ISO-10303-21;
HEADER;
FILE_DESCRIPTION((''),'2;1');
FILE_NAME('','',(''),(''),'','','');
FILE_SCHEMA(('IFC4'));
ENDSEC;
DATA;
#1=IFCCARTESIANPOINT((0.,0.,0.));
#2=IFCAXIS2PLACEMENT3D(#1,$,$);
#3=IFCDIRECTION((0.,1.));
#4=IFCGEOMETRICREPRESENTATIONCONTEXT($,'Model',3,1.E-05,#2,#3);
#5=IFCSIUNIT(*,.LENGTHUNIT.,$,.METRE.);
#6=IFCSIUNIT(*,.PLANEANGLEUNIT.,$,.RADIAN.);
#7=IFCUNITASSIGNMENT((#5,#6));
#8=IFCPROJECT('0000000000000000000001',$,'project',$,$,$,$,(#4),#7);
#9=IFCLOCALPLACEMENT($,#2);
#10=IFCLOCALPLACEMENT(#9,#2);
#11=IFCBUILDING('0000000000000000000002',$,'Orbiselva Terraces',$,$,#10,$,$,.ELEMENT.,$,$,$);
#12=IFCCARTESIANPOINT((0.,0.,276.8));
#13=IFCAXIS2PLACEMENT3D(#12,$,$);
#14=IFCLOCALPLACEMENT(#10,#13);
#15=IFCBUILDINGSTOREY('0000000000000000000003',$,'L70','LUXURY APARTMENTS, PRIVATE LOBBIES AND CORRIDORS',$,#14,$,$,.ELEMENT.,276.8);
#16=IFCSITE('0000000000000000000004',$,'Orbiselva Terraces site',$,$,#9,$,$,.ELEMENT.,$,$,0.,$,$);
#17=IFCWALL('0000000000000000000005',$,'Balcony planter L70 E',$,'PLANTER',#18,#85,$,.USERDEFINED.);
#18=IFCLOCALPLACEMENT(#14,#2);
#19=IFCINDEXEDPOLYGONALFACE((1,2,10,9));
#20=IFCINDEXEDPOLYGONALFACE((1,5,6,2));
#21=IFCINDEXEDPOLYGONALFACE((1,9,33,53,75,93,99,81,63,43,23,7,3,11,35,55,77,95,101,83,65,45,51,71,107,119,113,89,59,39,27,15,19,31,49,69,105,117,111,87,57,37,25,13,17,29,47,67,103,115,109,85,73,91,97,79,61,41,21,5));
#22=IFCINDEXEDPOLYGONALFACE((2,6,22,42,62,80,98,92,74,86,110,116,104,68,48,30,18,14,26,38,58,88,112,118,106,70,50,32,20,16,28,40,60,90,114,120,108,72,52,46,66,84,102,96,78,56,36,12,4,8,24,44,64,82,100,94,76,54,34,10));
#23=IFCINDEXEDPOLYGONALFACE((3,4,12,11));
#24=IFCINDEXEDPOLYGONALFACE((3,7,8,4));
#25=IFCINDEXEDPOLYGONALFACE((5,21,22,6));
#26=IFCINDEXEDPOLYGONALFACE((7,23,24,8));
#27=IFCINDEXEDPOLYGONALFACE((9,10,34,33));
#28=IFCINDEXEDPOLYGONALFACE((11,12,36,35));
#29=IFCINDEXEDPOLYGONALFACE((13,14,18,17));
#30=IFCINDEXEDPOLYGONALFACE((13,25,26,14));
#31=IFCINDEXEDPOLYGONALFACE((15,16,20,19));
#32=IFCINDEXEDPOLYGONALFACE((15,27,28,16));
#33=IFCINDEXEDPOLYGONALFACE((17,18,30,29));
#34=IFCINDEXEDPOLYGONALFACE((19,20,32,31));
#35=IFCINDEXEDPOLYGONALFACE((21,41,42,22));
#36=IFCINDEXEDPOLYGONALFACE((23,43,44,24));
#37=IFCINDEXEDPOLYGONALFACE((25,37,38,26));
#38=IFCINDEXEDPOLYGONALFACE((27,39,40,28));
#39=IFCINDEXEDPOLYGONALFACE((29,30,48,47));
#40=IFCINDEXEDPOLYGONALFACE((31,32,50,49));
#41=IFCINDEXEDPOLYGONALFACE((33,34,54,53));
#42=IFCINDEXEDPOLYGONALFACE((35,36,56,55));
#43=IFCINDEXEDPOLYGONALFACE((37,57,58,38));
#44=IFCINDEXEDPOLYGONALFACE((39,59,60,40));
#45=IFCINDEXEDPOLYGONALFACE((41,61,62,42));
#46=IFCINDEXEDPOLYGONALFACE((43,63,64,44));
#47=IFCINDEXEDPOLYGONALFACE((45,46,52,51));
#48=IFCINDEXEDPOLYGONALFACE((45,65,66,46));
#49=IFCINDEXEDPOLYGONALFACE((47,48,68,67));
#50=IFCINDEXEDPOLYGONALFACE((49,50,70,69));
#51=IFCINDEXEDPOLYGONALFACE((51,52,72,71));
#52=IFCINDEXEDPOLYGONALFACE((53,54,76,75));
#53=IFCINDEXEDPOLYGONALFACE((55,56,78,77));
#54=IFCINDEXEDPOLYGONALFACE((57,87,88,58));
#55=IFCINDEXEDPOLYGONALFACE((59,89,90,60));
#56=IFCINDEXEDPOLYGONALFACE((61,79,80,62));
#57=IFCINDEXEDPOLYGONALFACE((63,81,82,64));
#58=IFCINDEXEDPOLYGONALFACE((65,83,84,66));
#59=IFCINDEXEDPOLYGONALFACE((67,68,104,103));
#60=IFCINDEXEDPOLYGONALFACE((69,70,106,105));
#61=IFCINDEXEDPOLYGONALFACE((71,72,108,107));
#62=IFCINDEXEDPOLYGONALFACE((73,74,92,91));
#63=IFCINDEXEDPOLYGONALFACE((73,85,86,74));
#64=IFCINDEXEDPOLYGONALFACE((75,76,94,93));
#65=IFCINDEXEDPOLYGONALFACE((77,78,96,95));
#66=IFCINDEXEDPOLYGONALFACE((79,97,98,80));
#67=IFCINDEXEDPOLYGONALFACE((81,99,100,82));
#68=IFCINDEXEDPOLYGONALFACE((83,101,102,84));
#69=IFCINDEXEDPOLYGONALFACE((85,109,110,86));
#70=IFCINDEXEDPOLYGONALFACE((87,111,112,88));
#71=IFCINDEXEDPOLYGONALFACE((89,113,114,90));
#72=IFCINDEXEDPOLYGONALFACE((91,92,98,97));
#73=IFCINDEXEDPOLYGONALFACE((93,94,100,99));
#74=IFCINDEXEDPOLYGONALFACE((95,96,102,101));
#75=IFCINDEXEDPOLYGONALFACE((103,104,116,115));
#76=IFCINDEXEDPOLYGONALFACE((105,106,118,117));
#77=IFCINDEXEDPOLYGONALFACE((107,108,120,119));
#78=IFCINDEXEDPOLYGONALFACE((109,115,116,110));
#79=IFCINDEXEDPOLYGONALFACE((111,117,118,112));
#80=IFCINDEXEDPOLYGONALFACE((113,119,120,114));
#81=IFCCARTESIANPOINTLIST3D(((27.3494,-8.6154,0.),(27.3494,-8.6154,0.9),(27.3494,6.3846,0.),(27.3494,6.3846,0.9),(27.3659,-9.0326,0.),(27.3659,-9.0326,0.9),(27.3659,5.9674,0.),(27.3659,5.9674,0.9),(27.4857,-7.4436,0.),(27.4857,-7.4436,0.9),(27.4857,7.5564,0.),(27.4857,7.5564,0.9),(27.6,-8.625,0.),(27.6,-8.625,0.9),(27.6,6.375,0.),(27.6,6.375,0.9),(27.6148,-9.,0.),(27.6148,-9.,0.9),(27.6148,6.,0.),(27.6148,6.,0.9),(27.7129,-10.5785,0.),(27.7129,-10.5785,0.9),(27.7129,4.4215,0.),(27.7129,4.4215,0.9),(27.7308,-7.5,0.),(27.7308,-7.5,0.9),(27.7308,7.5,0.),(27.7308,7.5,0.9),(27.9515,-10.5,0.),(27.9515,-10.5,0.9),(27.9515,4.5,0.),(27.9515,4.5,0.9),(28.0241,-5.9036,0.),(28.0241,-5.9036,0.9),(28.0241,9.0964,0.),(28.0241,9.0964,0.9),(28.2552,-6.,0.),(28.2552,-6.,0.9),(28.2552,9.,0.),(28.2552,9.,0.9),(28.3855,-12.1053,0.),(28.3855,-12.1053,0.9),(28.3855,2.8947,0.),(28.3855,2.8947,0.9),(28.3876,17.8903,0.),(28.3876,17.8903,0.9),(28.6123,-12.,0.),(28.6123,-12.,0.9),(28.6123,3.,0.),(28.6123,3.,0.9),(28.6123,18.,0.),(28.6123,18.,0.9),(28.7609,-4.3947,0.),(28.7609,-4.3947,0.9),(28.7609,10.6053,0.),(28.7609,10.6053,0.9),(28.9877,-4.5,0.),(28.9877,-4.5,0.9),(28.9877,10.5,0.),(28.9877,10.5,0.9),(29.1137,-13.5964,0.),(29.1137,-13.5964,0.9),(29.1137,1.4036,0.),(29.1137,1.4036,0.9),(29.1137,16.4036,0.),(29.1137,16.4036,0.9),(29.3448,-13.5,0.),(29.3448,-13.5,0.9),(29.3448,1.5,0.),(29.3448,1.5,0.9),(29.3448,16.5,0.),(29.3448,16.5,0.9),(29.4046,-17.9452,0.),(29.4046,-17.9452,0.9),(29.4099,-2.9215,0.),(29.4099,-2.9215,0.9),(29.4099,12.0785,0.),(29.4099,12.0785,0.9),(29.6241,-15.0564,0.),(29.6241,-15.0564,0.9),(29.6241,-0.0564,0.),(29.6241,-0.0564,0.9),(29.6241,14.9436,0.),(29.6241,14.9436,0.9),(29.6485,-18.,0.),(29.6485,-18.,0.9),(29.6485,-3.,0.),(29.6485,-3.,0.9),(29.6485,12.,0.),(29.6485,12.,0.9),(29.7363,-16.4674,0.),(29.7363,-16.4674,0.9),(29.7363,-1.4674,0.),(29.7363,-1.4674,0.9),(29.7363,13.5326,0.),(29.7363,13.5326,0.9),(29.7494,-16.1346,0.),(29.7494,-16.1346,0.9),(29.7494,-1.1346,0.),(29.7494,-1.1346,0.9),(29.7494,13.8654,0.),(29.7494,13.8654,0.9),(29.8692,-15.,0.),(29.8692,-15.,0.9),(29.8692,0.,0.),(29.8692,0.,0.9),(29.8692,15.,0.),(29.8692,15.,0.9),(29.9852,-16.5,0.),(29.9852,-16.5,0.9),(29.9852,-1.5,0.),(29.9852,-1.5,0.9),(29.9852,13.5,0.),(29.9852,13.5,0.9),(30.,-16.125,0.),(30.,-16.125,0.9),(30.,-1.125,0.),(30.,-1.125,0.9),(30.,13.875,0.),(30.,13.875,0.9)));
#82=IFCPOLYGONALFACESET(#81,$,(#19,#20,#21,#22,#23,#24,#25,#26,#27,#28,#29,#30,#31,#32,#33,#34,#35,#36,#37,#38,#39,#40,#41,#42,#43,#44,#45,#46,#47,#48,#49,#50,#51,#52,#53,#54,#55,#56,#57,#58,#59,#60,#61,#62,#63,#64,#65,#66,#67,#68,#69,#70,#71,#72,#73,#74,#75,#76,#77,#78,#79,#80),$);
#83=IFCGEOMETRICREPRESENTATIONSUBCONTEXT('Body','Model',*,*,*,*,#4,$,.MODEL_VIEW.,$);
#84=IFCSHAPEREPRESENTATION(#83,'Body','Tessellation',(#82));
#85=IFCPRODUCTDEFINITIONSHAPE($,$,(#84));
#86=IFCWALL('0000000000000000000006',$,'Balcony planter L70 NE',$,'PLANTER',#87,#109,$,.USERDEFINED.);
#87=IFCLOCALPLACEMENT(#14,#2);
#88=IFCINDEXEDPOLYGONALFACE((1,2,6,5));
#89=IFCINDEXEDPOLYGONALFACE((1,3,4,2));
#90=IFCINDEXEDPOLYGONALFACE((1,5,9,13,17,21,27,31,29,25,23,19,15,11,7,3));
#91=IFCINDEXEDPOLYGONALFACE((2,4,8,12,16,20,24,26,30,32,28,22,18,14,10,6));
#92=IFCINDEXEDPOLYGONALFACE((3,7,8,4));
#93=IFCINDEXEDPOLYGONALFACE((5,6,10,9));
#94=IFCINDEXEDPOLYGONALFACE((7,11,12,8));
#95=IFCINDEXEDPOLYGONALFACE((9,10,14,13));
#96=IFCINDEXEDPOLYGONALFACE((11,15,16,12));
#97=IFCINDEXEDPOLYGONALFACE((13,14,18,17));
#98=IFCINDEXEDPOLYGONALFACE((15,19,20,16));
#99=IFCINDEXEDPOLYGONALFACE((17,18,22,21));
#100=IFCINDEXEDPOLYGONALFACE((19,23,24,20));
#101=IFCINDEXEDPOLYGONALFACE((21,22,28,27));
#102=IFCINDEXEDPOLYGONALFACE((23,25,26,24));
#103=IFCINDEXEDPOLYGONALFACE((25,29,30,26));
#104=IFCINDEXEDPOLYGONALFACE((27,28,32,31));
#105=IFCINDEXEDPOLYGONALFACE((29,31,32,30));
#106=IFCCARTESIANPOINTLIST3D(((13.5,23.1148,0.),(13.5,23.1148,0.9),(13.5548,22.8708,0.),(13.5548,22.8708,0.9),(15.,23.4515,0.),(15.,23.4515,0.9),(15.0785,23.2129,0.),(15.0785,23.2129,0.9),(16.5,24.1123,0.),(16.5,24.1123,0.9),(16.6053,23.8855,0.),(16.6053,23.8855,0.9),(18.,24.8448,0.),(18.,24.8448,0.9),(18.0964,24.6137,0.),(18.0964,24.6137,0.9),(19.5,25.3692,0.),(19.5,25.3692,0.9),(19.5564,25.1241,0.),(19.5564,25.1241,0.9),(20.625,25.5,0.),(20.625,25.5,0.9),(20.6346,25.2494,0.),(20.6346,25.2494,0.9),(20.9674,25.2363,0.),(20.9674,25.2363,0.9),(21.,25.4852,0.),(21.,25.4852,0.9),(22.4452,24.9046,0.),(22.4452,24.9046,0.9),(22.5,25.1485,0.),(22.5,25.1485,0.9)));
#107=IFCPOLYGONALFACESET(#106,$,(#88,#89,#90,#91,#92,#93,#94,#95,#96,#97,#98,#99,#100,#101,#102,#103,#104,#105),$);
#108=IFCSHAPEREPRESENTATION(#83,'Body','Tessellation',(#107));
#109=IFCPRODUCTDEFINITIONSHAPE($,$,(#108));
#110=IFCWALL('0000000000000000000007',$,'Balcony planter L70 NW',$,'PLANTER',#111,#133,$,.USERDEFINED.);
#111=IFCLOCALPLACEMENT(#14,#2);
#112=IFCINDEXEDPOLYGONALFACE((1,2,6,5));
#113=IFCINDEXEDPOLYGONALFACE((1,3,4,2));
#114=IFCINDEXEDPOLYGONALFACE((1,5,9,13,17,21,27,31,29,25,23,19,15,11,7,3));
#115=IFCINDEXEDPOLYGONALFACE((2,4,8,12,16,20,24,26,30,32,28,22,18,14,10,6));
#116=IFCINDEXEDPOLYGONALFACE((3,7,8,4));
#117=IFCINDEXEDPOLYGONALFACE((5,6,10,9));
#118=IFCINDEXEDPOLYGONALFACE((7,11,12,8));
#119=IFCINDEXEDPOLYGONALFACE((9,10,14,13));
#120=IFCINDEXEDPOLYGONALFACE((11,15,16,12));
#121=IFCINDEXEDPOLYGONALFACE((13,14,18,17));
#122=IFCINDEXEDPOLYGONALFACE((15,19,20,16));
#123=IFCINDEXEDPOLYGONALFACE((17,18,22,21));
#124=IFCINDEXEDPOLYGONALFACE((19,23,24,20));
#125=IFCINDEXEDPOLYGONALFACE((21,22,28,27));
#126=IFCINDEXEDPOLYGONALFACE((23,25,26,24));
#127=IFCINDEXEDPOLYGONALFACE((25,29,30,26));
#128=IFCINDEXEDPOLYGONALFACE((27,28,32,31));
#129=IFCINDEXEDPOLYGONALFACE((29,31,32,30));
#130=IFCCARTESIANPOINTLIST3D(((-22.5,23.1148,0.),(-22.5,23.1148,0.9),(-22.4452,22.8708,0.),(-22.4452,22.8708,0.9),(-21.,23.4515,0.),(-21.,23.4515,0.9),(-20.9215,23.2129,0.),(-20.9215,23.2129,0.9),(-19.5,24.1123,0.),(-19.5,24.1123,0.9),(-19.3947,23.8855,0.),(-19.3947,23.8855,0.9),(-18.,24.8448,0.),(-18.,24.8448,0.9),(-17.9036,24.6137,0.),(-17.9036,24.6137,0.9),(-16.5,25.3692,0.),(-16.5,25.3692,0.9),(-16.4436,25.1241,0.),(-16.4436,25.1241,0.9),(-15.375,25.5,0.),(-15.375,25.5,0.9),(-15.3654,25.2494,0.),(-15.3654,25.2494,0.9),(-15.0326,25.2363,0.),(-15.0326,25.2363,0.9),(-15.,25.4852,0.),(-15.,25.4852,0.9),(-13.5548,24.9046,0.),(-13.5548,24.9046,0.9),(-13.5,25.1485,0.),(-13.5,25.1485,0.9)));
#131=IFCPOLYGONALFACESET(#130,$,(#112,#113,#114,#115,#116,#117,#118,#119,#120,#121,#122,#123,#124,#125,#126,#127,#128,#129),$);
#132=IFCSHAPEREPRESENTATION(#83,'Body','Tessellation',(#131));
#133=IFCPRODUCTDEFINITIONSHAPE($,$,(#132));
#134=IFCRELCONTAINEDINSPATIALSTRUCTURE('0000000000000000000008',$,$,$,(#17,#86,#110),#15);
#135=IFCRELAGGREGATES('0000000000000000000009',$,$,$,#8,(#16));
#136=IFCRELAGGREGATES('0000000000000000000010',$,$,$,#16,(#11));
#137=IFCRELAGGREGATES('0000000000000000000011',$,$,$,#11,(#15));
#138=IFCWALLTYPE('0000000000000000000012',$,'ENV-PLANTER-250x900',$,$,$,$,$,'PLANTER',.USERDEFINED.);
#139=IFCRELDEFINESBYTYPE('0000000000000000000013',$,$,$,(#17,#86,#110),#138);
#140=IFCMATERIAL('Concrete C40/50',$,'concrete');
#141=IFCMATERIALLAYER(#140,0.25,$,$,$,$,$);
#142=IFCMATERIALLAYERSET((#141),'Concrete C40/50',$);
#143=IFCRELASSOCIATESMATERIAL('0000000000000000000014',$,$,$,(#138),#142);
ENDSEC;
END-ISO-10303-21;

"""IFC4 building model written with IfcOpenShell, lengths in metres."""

from ifc_helpers import new_model, si_unit, direction, frame, origin, place, context, subcontext, project, spatial, polyline, outline, extrude, material, layer, layer_set, type_object, element, save


model = new_model("IFC4")

# Units and contexts
model_context = context("Model", 3, precision=1e-05, world=origin(), true_north=direction((0.0, 1.0)))
body_context = subcontext(model_context, "Body", "Model", "MODEL_VIEW")
ifc_project = project(units=[si_unit("LENGTHUNIT", "METRE"), si_unit("PLANEANGLEUNIT", "RADIAN")], contexts=[model_context])

# Site, building, storey
site_placement = place(None, origin())
site = spatial("IfcSite", under=ifc_project, at=site_placement, Name="Orbiselva Terraces site", CompositionType="ELEMENT", RefElevation=0.0)
building_placement = place(site_placement, origin())
building = spatial("IfcBuilding", under=site, at=building_placement, Name="Orbiselva Terraces", CompositionType="ELEMENT")
storey_placement = place(building_placement, frame((0.0, 0.0, 276.8)))
storey = spatial("IfcBuildingStorey", under=building, at=storey_placement, Name="L70", Description="LUXURY APARTMENTS, PRIVATE LOBBIES AND CORRIDORS", CompositionType="ELEMENT", Elevation=276.8)

# Shared definitions
ifc_material_1 = material(Name="Concrete C40/50", Category="concrete")

# Walls
ifc_layer_1 = layer(ifc_material_1, 0.25)
ifc_layer_set_1 = layer_set([ifc_layer_1], Name="Concrete C40/50")
wall_type_1 = type_object("IfcWallType", Name="ENV-PLANTER-250x900", ElementType="PLANTER", PredefinedType="USERDEFINED", material=ifc_layer_set_1)
wall_1_placement = place(storey_placement, origin())
element("IfcWall", 1, at=wall_1_placement, inside=storey, type_object=wall_type_1, Name="Balcony planter L70 E", ObjectType="PLANTER", PredefinedType="USERDEFINED", context=body_context, shape_type="SweptSolid", body=[
    extrude(outline(polyline([(29.6485, -18.0), (29.9852, -16.5), (30.0, -16.125), (29.8692, -15.0), (29.3448, -13.5), (28.6123, -12.0), (27.9515, -10.5), (27.6148, -9.0), (27.6, -8.625), (27.7308, -7.5), (28.2552, -6.0), (28.9877, -4.5), (29.6485, -3.0), (29.9852, -1.5), (30.0, -1.125), (29.8692, 0.0), (29.3448, 1.5), (28.6123, 3.0), (27.9515, 4.5), (27.6148, 6.0), (27.6, 6.375), (27.7308, 7.5), (28.2552, 9.0), (28.9877, 10.5), (29.6485, 12.0), (29.9852, 13.5), (30.0, 13.875), (29.8692, 15.0), (29.3448, 16.5), (28.6123, 18.0), (28.3876, 17.8903), (29.1137, 16.4036), (29.6241, 14.9436), (29.7494, 13.8654), (29.7363, 13.5326), (29.4099, 12.0785), (28.7609, 10.6053), (28.0241, 9.0964), (27.4857, 7.5564), (27.3494, 6.3846), (27.3659, 5.9674), (27.7129, 4.4215), (28.3855, 2.8947), (29.1137, 1.4036), (29.6241, -0.0564), (29.7494, -1.1346), (29.7363, -1.4674), (29.4099, -2.9215), (28.7609, -4.3947), (28.0241, -5.9036), (27.4857, -7.4436), (27.3494, -8.6154), (27.3659, -9.0326), (27.7129, -10.5785), (28.3855, -12.1053), (29.1137, -13.5964), (29.6241, -15.0564), (29.7494, -16.1346), (29.7363, -16.4674), (29.4046, -17.9452), (29.6485, -18.0)])), origin(), (0.0, 0.0, 1.0), 0.9),
])
wall_2_placement = place(storey_placement, origin())
element("IfcWall", 2, at=wall_2_placement, inside=storey, type_object=wall_type_1, Name="Balcony planter L70 NE", ObjectType="PLANTER", PredefinedType="USERDEFINED", context=body_context, shape_type="SweptSolid", body=[
    extrude(outline(polyline([(22.5, 25.1485), (21.0, 25.4852), (20.625, 25.5), (19.5, 25.3692), (18.0, 24.8448), (16.5, 24.1123), (15.0, 23.4515), (13.5, 23.1148), (13.5548, 22.8708), (15.0785, 23.2129), (16.6053, 23.8855), (18.0964, 24.6137), (19.5564, 25.1241), (20.6346, 25.2494), (20.9674, 25.2363), (22.4452, 24.9046), (22.5, 25.1485)])), origin(), (0.0, 0.0, 1.0), 0.9),
])
wall_3_placement = place(storey_placement, origin())
element("IfcWall", 3, at=wall_3_placement, inside=storey, type_object=wall_type_1, Name="Balcony planter L70 NW", ObjectType="PLANTER", PredefinedType="USERDEFINED", context=body_context, shape_type="SweptSolid", body=[
    extrude(outline(polyline([(-13.5, 25.1485), (-15.0, 25.4852), (-15.375, 25.5), (-16.5, 25.3692), (-18.0, 24.8448), (-19.5, 24.1123), (-21.0, 23.4515), (-22.5, 23.1148), (-22.4452, 22.8708), (-20.9215, 23.2129), (-19.3947, 23.8855), (-17.9036, 24.6137), (-16.4436, 25.1241), (-15.3654, 25.2494), (-15.0326, 25.2363), (-13.5548, 24.9046), (-13.5, 25.1485)])), origin(), (0.0, 0.0, 1.0), 0.9),
])

save(model, "model.ifc")
